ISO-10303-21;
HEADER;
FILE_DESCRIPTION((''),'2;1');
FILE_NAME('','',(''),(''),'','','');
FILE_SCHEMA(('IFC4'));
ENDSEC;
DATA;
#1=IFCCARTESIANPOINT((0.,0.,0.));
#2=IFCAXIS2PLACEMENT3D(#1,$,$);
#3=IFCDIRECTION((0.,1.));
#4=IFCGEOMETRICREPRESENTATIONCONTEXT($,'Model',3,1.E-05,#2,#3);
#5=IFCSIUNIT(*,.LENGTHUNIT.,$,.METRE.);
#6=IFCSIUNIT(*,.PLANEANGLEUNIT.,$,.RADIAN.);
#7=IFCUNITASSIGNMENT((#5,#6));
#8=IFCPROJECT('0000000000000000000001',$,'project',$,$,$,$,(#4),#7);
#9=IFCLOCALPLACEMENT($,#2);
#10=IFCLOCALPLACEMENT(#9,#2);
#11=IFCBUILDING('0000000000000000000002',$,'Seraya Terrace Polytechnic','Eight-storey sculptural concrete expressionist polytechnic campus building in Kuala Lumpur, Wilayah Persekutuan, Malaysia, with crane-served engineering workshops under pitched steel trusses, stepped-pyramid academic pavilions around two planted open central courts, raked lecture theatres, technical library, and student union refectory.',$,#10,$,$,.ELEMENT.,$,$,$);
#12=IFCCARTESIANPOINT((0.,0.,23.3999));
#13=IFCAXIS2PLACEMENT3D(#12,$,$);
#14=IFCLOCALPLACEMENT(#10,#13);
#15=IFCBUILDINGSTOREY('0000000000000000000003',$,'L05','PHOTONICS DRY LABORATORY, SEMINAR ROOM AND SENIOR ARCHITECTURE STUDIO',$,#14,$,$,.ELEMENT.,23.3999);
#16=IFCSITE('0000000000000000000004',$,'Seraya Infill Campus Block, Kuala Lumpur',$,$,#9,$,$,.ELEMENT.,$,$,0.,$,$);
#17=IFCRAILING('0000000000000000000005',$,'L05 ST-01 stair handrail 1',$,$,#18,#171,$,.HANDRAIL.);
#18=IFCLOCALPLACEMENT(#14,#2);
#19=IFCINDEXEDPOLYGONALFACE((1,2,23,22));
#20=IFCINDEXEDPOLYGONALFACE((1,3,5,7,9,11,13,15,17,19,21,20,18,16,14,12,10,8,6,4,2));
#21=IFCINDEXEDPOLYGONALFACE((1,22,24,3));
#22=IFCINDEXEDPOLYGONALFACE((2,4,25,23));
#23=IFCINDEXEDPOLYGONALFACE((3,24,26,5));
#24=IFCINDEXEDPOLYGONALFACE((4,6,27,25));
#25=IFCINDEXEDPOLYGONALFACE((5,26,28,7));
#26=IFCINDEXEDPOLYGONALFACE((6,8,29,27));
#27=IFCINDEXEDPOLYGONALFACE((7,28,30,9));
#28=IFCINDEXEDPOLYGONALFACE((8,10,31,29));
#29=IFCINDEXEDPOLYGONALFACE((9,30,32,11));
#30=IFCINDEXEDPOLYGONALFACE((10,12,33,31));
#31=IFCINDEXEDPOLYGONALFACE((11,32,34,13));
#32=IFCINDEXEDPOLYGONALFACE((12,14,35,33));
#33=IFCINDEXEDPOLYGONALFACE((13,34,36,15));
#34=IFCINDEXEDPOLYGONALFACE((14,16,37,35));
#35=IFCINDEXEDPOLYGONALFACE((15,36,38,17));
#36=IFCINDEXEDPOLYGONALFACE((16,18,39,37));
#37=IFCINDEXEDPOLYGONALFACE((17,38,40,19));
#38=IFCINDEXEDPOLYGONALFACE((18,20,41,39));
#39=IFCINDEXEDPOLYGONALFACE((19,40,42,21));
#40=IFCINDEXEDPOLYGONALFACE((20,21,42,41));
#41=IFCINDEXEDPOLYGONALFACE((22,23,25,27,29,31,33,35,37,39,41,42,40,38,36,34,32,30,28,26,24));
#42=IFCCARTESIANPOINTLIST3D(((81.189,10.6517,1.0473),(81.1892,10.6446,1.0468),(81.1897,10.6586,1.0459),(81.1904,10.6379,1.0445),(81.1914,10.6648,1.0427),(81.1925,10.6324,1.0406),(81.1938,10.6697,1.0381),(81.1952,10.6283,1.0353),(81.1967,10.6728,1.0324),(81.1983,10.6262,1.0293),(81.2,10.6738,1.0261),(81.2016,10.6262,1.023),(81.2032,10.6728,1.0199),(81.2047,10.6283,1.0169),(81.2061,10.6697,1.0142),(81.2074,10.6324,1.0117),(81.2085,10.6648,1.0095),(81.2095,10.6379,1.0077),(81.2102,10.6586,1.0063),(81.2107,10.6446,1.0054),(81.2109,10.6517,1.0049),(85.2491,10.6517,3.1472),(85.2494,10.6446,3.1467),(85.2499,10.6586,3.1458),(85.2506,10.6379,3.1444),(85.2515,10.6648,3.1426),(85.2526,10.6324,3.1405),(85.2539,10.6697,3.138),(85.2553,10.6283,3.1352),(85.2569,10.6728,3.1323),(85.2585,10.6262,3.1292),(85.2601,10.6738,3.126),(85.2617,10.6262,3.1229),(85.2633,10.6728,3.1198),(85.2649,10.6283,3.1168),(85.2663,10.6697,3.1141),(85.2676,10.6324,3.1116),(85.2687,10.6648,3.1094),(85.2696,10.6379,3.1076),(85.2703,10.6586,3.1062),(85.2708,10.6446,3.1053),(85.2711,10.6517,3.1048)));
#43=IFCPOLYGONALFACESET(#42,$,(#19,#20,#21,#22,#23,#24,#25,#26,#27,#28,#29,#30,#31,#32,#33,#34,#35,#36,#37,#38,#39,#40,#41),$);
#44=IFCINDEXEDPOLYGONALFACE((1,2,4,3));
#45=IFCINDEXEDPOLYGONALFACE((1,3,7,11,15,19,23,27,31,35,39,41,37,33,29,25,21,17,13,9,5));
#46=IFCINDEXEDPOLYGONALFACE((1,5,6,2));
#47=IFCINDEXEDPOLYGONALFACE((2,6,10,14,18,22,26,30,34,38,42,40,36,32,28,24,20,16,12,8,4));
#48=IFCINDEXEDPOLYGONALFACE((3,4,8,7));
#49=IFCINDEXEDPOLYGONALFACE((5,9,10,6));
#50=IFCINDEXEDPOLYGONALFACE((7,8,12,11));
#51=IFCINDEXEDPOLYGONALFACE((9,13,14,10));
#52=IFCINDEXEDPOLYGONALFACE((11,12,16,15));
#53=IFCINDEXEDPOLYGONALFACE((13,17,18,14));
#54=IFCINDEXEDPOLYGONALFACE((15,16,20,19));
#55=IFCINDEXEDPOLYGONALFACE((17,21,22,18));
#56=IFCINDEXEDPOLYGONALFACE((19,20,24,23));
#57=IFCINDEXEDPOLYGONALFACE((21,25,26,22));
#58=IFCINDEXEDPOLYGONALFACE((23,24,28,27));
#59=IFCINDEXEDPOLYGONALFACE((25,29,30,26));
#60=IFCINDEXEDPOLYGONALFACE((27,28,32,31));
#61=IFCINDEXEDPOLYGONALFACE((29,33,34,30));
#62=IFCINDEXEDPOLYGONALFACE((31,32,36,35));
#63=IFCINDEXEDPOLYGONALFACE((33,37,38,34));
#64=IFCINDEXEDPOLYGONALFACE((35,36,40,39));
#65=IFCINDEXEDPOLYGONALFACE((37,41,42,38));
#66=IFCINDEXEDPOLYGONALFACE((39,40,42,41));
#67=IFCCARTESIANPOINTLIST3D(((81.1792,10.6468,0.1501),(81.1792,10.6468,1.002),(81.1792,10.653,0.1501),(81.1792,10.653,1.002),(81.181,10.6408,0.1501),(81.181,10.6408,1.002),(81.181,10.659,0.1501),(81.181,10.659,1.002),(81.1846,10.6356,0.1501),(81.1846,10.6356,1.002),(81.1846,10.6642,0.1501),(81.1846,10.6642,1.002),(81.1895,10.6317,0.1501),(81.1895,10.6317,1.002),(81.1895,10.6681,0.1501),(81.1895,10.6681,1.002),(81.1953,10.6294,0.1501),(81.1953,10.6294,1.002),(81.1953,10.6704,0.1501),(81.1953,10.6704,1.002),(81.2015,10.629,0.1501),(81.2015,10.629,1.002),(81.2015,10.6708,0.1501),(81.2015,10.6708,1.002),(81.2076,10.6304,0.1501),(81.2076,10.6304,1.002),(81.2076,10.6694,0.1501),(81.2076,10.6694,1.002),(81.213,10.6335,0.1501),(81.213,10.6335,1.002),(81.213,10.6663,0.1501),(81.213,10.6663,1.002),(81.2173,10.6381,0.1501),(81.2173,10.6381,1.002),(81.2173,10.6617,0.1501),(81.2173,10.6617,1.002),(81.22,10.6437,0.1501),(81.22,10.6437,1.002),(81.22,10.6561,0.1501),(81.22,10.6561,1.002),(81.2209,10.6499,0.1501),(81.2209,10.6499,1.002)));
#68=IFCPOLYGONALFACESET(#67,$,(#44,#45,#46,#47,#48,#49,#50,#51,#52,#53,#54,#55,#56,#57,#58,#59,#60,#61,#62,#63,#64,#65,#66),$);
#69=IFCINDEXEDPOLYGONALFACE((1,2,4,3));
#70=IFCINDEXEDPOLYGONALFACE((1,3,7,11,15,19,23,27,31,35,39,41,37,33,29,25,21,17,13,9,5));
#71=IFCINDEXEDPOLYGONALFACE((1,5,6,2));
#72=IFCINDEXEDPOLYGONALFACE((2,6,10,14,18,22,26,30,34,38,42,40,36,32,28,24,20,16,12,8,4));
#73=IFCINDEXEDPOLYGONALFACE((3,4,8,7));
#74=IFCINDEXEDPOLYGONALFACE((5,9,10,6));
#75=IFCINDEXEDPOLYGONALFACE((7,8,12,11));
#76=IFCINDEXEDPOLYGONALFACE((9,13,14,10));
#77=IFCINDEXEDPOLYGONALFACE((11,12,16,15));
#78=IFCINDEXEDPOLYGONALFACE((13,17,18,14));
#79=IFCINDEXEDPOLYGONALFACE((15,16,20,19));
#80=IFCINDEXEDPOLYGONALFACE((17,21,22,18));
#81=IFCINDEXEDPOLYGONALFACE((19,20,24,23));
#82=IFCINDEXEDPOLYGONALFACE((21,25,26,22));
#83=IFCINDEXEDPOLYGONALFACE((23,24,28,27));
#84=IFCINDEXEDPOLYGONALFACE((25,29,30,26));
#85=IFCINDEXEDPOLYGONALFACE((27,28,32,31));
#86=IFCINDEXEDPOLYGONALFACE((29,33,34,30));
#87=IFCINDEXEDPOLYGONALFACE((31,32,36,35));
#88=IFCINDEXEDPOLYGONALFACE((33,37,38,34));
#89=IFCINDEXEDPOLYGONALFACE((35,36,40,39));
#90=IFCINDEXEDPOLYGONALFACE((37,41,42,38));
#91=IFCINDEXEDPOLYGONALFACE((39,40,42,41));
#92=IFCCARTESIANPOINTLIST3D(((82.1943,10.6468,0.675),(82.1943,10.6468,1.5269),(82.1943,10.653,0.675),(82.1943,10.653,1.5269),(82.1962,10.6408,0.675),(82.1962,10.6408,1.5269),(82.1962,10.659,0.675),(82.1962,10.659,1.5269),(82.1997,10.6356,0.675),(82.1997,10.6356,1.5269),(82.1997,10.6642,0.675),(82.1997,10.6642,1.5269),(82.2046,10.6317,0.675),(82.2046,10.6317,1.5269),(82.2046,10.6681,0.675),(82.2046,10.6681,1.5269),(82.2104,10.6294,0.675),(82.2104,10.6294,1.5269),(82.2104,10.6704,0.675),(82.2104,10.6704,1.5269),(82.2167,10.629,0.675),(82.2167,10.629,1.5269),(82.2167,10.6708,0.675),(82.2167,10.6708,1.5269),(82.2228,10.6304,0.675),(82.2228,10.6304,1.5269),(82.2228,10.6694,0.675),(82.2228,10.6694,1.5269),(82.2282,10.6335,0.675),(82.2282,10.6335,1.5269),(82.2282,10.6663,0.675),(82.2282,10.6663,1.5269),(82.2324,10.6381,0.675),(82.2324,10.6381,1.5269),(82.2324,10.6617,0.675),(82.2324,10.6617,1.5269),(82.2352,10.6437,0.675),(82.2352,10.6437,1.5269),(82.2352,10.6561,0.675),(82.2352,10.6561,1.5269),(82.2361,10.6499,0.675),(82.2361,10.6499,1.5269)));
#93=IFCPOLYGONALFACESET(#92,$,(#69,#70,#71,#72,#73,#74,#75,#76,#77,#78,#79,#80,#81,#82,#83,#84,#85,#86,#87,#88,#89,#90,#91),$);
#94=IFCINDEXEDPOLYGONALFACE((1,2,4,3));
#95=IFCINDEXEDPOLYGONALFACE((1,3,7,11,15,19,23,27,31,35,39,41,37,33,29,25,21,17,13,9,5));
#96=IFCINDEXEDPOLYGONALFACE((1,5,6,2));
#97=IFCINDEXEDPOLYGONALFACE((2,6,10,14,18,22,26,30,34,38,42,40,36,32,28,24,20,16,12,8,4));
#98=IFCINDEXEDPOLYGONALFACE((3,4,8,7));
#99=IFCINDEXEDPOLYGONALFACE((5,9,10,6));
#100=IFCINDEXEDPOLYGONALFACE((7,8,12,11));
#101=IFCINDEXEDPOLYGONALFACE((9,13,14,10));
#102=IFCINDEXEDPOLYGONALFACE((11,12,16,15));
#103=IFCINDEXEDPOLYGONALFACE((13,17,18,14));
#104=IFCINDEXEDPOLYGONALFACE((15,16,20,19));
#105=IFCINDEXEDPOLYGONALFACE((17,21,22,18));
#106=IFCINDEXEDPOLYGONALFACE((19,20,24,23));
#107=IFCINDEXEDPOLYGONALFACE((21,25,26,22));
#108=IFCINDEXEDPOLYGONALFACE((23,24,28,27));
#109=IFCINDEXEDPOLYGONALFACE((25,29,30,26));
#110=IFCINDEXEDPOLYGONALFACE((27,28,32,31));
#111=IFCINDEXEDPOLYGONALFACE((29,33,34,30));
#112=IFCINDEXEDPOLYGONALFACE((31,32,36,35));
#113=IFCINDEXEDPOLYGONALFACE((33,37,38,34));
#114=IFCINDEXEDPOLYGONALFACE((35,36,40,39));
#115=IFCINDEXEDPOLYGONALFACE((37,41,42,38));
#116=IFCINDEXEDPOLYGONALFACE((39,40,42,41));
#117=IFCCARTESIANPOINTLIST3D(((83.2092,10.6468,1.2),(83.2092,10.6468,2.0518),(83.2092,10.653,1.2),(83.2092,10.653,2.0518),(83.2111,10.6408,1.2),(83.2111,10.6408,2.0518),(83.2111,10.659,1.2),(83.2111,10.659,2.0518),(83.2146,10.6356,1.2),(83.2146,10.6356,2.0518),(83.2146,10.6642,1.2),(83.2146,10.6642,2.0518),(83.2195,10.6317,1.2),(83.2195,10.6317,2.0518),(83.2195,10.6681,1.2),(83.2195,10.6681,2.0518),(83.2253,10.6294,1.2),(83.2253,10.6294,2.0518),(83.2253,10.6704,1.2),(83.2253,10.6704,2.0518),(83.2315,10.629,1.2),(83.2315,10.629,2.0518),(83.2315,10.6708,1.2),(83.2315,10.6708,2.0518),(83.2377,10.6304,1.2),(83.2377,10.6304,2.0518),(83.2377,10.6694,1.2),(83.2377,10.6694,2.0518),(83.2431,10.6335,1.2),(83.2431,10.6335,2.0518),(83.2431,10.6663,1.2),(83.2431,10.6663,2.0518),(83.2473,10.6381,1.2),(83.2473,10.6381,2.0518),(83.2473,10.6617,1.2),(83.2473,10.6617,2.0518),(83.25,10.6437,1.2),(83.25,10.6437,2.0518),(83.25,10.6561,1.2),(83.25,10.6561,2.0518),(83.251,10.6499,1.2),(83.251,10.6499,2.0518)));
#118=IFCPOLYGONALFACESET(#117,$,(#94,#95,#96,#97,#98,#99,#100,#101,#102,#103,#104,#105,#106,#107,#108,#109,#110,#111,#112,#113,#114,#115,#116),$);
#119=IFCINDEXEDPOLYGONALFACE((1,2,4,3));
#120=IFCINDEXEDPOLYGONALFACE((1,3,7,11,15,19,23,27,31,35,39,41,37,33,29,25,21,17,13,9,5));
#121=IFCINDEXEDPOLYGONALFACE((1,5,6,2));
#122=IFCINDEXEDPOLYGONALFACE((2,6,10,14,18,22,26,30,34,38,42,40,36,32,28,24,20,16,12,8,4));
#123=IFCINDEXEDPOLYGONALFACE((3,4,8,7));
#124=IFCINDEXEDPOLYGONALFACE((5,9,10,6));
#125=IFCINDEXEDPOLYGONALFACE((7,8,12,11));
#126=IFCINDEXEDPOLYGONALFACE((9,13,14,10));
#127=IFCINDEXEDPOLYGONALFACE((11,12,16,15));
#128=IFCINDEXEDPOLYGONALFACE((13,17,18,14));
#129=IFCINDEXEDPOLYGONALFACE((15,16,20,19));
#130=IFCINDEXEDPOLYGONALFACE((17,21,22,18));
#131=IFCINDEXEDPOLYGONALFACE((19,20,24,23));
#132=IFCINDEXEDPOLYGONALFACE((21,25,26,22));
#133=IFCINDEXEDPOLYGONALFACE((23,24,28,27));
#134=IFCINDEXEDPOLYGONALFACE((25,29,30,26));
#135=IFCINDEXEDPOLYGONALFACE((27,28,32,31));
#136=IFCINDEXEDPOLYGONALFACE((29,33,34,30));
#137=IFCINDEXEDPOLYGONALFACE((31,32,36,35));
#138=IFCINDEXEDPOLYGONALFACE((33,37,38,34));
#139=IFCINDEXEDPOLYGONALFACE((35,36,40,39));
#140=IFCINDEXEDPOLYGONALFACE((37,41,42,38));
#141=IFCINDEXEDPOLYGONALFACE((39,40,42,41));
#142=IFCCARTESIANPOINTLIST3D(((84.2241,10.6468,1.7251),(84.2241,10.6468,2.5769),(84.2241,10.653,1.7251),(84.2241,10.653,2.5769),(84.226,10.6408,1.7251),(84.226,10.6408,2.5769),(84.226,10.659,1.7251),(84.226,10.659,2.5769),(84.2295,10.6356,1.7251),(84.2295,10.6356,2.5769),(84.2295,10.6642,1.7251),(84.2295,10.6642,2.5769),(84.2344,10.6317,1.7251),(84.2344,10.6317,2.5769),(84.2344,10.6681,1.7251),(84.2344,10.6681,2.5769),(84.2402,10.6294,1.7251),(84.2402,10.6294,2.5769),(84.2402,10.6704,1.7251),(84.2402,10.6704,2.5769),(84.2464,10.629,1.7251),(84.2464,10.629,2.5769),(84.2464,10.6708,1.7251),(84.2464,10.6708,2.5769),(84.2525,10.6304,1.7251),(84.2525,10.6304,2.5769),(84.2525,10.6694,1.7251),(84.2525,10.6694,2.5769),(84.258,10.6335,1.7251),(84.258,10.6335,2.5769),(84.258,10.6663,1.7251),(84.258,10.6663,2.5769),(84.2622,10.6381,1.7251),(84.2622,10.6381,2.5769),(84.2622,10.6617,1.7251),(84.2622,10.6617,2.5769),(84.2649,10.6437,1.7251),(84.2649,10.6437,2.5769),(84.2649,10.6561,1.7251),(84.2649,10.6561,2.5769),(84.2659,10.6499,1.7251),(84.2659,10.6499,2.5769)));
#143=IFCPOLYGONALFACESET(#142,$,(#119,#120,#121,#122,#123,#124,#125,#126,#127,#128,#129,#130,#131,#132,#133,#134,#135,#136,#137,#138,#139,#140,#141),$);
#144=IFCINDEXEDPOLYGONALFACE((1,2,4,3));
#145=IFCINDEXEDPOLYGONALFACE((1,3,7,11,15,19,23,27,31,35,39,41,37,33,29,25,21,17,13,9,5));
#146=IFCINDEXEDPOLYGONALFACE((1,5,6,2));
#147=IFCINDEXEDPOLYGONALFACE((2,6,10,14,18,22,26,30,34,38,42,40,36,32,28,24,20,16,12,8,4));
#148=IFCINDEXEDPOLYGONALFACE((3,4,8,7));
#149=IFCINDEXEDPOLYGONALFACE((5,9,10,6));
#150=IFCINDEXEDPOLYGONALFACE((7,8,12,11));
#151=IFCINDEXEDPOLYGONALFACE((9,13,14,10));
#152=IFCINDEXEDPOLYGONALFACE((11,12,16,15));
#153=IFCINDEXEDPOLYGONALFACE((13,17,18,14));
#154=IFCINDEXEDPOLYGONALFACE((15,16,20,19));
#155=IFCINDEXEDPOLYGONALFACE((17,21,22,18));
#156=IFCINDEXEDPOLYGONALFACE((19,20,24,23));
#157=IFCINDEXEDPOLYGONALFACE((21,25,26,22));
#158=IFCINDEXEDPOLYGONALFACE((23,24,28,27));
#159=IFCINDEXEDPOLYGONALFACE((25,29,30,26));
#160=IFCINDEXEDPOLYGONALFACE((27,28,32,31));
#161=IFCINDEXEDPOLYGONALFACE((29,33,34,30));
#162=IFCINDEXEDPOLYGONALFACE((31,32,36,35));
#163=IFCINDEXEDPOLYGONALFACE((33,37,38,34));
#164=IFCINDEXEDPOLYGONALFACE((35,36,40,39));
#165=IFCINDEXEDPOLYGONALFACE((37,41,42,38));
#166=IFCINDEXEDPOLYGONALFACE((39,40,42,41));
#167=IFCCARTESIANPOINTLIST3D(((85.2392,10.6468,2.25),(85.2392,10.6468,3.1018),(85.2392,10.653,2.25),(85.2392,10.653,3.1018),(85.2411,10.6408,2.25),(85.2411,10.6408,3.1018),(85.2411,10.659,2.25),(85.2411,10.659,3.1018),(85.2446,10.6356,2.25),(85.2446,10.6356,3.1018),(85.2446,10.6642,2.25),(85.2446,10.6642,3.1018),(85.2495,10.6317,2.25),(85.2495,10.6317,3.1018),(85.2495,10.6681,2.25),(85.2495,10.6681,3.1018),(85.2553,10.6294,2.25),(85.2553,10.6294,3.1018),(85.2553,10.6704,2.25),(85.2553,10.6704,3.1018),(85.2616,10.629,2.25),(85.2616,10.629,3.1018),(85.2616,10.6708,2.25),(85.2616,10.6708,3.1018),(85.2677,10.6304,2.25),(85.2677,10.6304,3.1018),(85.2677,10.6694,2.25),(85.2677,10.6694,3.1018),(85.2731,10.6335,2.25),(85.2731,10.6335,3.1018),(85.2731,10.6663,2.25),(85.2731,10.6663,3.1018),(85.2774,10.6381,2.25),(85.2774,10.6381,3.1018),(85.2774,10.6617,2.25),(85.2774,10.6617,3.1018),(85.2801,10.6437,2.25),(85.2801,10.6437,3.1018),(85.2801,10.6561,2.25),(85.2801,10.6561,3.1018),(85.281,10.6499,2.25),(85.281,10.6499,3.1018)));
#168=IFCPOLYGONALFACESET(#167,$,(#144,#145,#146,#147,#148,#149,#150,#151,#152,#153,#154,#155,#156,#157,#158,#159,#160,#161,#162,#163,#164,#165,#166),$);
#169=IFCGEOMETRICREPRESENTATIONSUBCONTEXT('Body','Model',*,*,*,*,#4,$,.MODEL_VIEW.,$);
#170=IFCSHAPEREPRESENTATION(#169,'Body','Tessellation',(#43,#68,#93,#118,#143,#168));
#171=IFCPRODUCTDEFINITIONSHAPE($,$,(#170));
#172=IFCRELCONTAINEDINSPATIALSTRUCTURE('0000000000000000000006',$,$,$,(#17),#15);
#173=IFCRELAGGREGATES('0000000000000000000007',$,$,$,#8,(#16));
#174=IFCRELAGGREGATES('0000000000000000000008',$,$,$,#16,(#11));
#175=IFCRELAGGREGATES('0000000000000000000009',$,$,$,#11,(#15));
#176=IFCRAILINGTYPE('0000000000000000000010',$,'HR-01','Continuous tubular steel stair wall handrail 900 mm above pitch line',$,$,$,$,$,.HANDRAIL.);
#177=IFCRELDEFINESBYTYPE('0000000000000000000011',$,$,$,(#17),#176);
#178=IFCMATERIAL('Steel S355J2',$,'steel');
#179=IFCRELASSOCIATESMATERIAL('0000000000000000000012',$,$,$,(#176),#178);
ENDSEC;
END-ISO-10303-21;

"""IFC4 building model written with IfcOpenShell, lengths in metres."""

from ifc_helpers import new_model, si_unit, direction, frame, origin, origin_2d, place, context, subcontext, project, spatial, circle, extrude, material, type_object, element, save


model = new_model("IFC4")

# Units and contexts
model_context = context("Model", 3, precision=1e-05, world=origin(), true_north=direction((0.0, 1.0)))
body_context = subcontext(model_context, "Body", "Model", "MODEL_VIEW")
ifc_project = project(units=[si_unit("LENGTHUNIT", "METRE"), si_unit("PLANEANGLEUNIT", "RADIAN")], contexts=[model_context])

# Site, building, storey
site_placement = place(None, origin())
site = spatial("IfcSite", under=ifc_project, at=site_placement, Name="Seraya Infill Campus Block, Kuala Lumpur", CompositionType="ELEMENT", RefElevation=0.0)
building_placement = place(site_placement, origin())
building = spatial("IfcBuilding", under=site, at=building_placement, Name="Seraya Terrace Polytechnic", Description="Eight-storey sculptural concrete expressionist polytechnic campus building in Kuala Lumpur, Wilayah Persekutuan, Malaysia, with crane-served engineering workshops under pitched steel trusses, stepped-pyramid academic pavilions around two planted open central courts, raked lecture theatres, technical library, and student union refectory.", CompositionType="ELEMENT")
storey_placement = place(building_placement, frame((0.0, 0.0, 23.3999)))
storey = spatial("IfcBuildingStorey", under=building, at=storey_placement, Name="L05", Description="PHOTONICS DRY LABORATORY, SEMINAR ROOM AND SENIOR ARCHITECTURE STUDIO", CompositionType="ELEMENT", Elevation=23.3999)

# Shared definitions
ifc_material_1 = material(Name="Steel S355J2", Category="steel")

# Railing
railing_type = type_object("IfcRailingType", Name="HR-01", Description="Continuous tubular steel stair wall handrail 900 mm above pitch line", PredefinedType="HANDRAIL", material=ifc_material_1)
railing_placement = place(storey_placement, frame((81.2, 10.6499, 0.1501)))
element("IfcRailing", 1, at=railing_placement, inside=storey, type_object=railing_type, Name="L05 ST-01 stair handrail 1", PredefinedType="HANDRAIL", context=body_context, shape_type="SweptSolid", body=[
    extrude(circle(Radius=0.0239, at=origin_2d()), frame((0.0, 0.0, 0.876), z_axis=(0.888233, 0.0, 0.459392), x_axis=(0.0, 1.0, 0.0)), (0.0, 0.0, 1.0), 4.571),
    extrude(circle(Radius=0.021, at=origin_2d()), origin(), (0.0, 0.0, 1.0), 0.8518),
    extrude(circle(Radius=0.021, at=origin_2d()), frame((1.0151, 0.0, 0.5249)), (0.0, 0.0, 1.0), 0.8518),
    extrude(circle(Radius=0.021, at=origin_2d()), frame((2.03, 0.0, 1.0498)), (0.0, 0.0, 1.0), 0.8518),
    extrude(circle(Radius=0.021, at=origin_2d()), frame((3.0449, 0.0, 1.575)), (0.0, 0.0, 1.0), 0.8518),
    extrude(circle(Radius=0.021, at=origin_2d()), frame((4.0601, 0.0, 2.0999)), (0.0, 0.0, 1.0), 0.8518),
])

save(model, "model.ifc")
